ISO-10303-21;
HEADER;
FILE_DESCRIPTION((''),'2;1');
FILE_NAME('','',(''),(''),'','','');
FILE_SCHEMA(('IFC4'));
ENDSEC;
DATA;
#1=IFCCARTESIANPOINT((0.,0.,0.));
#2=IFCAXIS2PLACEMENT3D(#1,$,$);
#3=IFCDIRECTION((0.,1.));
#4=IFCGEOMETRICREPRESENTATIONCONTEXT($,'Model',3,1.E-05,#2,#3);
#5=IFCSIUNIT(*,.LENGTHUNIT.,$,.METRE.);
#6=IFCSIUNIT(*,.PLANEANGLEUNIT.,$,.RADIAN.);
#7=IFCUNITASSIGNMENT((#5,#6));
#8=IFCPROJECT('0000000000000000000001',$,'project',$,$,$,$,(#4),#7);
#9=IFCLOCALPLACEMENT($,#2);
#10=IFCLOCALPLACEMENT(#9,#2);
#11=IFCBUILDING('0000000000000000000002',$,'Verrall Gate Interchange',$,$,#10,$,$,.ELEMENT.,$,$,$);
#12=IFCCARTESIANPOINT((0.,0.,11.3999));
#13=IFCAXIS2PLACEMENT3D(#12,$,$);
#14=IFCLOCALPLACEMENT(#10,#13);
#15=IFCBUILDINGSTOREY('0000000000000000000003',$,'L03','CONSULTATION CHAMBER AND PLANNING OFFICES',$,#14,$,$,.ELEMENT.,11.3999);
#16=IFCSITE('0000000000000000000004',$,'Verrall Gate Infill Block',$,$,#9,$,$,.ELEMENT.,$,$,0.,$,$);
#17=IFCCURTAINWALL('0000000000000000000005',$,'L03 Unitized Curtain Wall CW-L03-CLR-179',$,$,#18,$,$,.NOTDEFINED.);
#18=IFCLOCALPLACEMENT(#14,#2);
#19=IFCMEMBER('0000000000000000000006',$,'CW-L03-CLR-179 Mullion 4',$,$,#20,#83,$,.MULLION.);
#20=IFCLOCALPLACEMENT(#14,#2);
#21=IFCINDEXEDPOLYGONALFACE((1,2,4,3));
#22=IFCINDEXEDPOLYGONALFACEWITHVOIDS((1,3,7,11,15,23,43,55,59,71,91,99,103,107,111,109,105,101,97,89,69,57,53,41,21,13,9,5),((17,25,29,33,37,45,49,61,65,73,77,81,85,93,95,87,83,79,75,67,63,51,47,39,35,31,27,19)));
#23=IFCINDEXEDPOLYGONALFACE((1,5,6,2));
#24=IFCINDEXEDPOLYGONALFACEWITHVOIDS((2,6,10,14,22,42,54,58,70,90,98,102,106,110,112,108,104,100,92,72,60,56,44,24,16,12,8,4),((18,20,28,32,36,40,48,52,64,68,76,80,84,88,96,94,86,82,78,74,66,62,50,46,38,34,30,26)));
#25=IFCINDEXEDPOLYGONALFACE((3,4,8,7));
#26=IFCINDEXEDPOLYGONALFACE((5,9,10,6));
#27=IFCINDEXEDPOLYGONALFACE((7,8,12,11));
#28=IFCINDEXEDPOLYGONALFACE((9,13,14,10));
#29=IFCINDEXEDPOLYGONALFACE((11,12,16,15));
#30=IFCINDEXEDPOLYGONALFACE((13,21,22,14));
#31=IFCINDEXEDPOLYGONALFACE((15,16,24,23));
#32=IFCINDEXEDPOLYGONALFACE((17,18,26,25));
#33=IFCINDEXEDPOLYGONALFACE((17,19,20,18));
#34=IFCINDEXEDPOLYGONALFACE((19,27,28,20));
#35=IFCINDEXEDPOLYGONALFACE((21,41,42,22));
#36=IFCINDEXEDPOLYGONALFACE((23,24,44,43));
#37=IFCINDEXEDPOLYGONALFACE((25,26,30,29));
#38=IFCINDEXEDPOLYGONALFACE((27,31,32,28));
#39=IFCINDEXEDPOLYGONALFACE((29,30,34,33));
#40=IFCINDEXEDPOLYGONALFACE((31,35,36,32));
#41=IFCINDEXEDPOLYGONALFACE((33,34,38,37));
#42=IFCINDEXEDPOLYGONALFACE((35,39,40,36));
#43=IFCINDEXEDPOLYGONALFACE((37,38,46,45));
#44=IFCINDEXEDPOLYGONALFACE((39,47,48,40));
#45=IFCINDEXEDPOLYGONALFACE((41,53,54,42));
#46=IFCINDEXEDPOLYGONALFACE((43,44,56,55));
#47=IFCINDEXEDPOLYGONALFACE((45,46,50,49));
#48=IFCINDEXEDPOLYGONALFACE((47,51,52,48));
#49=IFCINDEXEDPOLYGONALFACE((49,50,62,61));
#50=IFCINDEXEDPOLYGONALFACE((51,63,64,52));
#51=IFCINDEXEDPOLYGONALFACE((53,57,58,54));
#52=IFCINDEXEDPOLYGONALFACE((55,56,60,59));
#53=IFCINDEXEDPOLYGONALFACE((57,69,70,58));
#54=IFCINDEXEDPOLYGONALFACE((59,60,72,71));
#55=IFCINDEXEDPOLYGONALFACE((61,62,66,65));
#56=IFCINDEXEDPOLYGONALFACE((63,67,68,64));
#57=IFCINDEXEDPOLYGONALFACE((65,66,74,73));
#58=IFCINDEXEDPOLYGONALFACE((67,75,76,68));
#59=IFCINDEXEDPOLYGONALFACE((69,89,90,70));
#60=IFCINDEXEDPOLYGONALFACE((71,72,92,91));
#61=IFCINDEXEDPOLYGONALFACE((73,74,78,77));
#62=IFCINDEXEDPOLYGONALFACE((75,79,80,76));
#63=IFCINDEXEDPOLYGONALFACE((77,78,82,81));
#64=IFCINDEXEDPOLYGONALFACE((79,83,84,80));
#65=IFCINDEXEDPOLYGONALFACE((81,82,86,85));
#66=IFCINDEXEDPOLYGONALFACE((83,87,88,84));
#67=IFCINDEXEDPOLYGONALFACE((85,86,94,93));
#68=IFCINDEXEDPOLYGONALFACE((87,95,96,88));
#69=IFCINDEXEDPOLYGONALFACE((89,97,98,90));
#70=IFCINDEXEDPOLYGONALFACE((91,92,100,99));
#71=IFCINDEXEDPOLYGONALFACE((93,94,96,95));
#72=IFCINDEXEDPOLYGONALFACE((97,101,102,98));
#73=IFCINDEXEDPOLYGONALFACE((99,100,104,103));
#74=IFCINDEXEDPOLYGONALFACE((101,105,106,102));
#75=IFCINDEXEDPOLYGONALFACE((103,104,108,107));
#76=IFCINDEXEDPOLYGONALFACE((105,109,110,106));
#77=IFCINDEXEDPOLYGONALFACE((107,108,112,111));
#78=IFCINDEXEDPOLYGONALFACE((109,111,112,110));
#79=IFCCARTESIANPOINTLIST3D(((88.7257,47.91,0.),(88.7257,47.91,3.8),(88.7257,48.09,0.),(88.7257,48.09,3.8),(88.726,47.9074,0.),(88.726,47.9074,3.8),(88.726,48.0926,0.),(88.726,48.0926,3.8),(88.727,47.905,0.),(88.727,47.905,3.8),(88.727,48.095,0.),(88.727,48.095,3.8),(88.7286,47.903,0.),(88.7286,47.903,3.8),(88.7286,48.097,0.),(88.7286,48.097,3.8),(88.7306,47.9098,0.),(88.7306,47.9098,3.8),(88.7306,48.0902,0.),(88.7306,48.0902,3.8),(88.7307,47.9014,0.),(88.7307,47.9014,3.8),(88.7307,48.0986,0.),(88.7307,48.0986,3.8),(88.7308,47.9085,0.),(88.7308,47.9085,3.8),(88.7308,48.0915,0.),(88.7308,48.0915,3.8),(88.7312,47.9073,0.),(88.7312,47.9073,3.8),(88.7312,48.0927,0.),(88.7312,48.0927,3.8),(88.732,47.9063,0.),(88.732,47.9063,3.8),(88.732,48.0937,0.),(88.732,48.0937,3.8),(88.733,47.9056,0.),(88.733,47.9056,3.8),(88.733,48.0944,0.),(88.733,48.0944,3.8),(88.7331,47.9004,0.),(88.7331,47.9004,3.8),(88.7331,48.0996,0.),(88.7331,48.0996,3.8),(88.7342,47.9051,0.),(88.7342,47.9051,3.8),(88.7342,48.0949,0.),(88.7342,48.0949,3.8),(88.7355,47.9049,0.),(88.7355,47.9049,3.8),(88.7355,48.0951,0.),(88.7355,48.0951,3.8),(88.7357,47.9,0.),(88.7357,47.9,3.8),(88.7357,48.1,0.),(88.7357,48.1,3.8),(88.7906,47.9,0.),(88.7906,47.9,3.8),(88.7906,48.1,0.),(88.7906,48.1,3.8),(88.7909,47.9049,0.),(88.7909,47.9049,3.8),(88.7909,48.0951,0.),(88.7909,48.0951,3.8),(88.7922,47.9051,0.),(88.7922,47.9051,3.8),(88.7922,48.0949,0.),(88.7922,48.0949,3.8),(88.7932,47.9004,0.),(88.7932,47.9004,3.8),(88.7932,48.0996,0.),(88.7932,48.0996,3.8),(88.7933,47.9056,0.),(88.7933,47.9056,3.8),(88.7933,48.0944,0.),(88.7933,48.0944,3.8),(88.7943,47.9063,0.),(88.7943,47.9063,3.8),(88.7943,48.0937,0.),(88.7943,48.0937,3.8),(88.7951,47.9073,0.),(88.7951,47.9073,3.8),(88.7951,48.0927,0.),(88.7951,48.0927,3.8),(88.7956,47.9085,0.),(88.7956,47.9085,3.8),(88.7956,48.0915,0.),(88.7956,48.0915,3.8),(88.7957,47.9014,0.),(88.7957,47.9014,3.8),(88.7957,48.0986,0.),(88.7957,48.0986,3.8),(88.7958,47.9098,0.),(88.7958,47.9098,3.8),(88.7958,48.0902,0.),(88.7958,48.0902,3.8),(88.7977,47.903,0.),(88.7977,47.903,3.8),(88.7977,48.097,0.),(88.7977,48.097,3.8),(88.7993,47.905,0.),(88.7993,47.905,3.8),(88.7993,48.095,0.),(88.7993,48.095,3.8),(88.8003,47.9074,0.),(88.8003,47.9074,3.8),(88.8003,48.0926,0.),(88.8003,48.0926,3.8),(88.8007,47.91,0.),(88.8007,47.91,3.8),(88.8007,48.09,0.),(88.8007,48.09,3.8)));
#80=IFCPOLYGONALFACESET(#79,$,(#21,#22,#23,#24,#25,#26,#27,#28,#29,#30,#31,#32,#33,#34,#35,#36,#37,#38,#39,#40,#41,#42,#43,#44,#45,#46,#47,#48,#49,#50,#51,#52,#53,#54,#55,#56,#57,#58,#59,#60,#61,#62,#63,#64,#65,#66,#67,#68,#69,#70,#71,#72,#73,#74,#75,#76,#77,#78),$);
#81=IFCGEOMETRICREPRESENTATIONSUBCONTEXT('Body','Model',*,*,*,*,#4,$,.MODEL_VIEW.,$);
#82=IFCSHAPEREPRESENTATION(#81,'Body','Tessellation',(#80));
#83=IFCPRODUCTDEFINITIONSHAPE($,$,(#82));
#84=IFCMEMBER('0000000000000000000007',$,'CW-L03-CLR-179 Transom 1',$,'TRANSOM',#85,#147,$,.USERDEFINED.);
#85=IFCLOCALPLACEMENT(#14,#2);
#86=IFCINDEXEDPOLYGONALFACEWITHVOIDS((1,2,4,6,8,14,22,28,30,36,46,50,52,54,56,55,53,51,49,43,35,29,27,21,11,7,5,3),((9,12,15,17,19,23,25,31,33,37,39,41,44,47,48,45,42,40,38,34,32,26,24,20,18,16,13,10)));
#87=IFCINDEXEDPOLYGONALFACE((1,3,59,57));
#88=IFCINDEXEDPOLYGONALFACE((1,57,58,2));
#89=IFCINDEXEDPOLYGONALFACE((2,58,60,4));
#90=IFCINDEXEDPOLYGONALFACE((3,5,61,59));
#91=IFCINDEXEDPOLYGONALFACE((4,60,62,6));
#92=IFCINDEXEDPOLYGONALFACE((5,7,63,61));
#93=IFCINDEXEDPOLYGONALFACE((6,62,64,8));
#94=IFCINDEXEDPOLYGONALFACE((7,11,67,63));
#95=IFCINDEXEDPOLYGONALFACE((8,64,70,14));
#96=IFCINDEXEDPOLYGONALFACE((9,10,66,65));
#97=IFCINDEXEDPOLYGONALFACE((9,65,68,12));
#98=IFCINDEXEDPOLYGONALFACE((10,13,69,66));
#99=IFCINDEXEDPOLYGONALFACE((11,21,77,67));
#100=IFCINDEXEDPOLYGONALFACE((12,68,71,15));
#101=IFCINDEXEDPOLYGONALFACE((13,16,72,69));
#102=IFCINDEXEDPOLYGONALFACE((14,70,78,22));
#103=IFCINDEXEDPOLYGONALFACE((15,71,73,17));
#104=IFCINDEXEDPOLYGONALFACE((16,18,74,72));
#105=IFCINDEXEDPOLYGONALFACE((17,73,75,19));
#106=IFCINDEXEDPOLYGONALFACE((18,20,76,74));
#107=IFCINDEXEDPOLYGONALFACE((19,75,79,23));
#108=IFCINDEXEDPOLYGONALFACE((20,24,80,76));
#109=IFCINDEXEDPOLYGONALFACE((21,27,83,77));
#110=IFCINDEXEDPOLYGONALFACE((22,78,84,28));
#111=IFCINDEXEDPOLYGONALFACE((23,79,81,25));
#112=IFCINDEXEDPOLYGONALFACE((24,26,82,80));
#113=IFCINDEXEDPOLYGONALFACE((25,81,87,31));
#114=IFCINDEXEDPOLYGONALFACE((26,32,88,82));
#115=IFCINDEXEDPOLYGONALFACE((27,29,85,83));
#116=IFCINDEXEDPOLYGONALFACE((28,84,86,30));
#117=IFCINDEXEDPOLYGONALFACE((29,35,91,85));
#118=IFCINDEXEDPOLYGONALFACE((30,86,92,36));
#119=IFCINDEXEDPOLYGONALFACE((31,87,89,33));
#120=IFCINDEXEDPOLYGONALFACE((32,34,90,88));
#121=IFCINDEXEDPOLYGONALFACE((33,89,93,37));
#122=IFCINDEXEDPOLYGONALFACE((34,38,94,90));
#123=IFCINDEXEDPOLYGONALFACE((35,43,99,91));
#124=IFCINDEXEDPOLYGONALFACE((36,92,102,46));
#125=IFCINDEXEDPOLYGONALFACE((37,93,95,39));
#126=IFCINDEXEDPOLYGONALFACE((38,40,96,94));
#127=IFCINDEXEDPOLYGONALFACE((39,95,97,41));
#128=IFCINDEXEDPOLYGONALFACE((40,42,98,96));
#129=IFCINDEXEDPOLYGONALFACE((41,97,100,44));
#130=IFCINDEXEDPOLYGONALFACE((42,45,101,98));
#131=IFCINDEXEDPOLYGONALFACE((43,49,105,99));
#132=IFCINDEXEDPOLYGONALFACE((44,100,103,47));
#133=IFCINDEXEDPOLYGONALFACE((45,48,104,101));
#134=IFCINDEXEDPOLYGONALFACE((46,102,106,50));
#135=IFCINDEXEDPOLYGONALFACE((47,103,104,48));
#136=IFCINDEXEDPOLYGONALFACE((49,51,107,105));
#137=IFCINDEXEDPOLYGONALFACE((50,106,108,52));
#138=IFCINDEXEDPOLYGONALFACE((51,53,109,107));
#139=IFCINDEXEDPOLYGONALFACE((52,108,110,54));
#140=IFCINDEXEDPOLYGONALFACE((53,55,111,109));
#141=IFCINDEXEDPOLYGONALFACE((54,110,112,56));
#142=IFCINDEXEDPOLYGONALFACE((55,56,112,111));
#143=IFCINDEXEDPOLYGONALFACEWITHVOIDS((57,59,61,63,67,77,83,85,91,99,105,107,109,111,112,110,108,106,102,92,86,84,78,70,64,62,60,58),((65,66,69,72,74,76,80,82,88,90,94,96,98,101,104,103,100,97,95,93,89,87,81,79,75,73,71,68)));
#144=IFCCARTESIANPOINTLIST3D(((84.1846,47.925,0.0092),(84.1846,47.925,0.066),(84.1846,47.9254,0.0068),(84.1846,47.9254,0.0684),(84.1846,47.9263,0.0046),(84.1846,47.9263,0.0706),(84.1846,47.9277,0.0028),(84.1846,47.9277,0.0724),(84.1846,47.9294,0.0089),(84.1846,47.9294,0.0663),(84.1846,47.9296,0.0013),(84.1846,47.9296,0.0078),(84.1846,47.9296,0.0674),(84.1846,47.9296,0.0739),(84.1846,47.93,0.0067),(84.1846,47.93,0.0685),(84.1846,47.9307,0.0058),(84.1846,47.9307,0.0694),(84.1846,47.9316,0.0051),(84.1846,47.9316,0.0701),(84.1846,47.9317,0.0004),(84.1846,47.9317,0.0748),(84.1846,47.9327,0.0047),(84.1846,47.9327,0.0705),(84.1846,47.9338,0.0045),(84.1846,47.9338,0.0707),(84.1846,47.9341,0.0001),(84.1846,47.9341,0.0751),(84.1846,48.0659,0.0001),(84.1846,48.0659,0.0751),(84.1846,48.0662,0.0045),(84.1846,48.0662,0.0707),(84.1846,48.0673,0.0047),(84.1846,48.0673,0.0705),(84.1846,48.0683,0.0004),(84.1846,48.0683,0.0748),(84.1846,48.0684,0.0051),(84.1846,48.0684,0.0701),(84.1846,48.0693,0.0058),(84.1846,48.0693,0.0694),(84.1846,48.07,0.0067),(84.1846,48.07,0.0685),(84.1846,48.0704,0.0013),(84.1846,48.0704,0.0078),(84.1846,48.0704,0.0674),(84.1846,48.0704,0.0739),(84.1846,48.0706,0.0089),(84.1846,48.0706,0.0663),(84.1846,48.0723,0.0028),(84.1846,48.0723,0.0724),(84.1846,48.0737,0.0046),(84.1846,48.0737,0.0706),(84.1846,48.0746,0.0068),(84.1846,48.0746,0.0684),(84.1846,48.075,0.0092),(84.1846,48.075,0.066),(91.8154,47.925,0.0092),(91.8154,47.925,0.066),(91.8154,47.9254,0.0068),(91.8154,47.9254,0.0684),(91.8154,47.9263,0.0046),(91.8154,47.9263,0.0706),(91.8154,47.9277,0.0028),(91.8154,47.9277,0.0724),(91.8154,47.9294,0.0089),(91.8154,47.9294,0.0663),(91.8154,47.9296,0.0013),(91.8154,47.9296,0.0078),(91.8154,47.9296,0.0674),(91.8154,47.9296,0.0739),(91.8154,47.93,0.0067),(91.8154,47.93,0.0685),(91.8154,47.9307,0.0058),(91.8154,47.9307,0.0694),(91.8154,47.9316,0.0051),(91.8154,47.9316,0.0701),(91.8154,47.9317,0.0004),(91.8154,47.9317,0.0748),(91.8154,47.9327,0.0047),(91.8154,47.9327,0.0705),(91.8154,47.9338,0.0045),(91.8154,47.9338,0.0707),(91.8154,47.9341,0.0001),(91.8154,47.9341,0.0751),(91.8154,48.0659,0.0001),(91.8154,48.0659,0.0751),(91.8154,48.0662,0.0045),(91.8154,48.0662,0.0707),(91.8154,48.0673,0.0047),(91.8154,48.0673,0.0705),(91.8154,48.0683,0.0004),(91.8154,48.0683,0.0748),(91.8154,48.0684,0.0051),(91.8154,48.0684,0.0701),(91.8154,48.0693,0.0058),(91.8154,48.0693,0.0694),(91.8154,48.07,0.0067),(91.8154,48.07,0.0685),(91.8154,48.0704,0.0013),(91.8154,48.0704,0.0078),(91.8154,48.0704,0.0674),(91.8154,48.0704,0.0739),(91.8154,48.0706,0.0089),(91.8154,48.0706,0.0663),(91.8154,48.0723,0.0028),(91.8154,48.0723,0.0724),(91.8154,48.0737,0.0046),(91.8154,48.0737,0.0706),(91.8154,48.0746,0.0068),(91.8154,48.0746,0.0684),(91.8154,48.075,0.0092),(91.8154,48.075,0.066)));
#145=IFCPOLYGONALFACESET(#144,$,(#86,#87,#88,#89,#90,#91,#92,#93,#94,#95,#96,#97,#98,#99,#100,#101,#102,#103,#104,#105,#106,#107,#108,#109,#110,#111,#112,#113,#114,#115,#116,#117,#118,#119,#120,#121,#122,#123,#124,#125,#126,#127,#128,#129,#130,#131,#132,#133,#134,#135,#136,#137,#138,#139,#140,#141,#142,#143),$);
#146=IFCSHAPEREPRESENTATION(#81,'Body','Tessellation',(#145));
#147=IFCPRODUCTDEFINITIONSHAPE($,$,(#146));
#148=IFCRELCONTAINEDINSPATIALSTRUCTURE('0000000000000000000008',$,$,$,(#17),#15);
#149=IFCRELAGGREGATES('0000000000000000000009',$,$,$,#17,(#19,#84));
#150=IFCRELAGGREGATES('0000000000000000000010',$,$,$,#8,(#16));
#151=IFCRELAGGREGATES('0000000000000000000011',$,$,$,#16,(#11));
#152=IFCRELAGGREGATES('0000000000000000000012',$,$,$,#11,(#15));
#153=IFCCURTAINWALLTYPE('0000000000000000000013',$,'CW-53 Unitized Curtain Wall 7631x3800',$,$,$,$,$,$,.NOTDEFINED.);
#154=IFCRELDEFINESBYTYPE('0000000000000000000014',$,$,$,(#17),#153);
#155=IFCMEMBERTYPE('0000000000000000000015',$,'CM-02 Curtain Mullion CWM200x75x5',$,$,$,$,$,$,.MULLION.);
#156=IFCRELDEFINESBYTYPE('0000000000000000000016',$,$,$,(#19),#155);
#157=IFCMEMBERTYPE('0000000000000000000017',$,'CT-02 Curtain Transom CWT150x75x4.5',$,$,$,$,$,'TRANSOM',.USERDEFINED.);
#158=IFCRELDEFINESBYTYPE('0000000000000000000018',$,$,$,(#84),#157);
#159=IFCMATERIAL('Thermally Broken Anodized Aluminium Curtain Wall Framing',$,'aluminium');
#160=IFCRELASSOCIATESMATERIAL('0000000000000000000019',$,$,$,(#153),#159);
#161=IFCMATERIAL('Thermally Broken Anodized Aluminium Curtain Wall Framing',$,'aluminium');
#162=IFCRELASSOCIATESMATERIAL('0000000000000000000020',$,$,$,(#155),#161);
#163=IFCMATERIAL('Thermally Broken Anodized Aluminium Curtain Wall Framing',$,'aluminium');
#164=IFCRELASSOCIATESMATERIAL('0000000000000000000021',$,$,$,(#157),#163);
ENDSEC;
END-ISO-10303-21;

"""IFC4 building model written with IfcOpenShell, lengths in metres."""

from ifc_helpers import new_model, si_unit, direction, frame, origin, origin_2d, place, context, subcontext, project, spatial, hollow_rectangle, extrude, material, material_profile, profile_set, type_object, element, aggregate, save


model = new_model("IFC4")

# Units and contexts
model_context = context("Model", 3, precision=1e-05, world=origin(), true_north=direction((0.0, 1.0)))
body_context = subcontext(model_context, "Body", "Model", "MODEL_VIEW")
ifc_project = project(units=[si_unit("LENGTHUNIT", "METRE"), si_unit("PLANEANGLEUNIT", "RADIAN")], contexts=[model_context])

# Site, building, storey
site_placement = place(None, origin())
site = spatial("IfcSite", under=ifc_project, at=site_placement, Name="Verrall Gate Infill Block", CompositionType="ELEMENT", RefElevation=0.0)
building_placement = place(site_placement, origin())
building = spatial("IfcBuilding", under=site, at=building_placement, Name="Verrall Gate Interchange", CompositionType="ELEMENT")
storey_placement = place(building_placement, frame((0.0, 0.0, 11.3999)))
storey = spatial("IfcBuildingStorey", under=building, at=storey_placement, Name="L03", Description="CONSULTATION CHAMBER AND PLANNING OFFICES", CompositionType="ELEMENT", Elevation=11.3999)

# Curtain wall, members
ifc_material_1 = material(Name="Thermally Broken Anodized Aluminium Curtain Wall Framing", Category="aluminium")
curtain_wall_type = type_object("IfcCurtainWallType", Name="CW-53 Unitized Curtain Wall 7631x3800", PredefinedType="NOTDEFINED", material=ifc_material_1)
ifc_material_2 = material(Name="Thermally Broken Anodized Aluminium Curtain Wall Framing", Category="aluminium")
ifc_material_profile_1 = material_profile(ifc_material_2, hollow_rectangle(XDim=0.075, YDim=0.2, WallThickness=0.0049, InnerFilletRadius=0.0049, OuterFilletRadius=0.01, at=origin_2d()), Name="CWM200x75x5")
ifc_profile_set_1 = profile_set([ifc_material_profile_1], Name="Thermally Broken Anodized Aluminium Curtain Wall Framing")
member_type_1 = type_object("IfcMemberType", Name="CM-02 Curtain Mullion CWM200x75x5", PredefinedType="MULLION", material=ifc_profile_set_1)
curtain_wall_1_placement = place(storey_placement, origin())
curtain_wall_1 = element("IfcCurtainWall", 1, at=curtain_wall_1_placement, inside=storey, type_object=curtain_wall_type, Name="L03 Unitized Curtain Wall CW-L03-CLR-179", PredefinedType="NOTDEFINED")
member_1_placement = place(storey_placement, frame((88.7632, 48.0, 0.0), z_axis=(0.0, 0.0, 1.0), x_axis=(1.0, 0.0, 0.0)))
member_1 = element("IfcMember", 2, at=member_1_placement, type_object=member_type_1, Name="CW-L03-CLR-179 Mullion 4", PredefinedType="MULLION", context=body_context, shape_type="SweptSolid", body=[
    extrude(hollow_rectangle(XDim=0.075, YDim=0.2, WallThickness=0.0049, InnerFilletRadius=0.0049, OuterFilletRadius=0.01, at=origin_2d()), origin(), (0.0, 0.0, 1.0), 3.8),
])
ifc_material_3 = material(Name="Thermally Broken Anodized Aluminium Curtain Wall Framing", Category="aluminium")
ifc_material_profile_2 = material_profile(ifc_material_3, hollow_rectangle(XDim=0.1499, YDim=0.075, WallThickness=0.0044, InnerFilletRadius=0.0044, OuterFilletRadius=0.009, at=origin_2d()), Name="CWT150x75x4.5")
ifc_profile_set_2 = profile_set([ifc_material_profile_2], Name="Thermally Broken Anodized Aluminium Curtain Wall Framing")
member_type_2 = type_object("IfcMemberType", Name="CT-02 Curtain Transom CWT150x75x4.5", ElementType="TRANSOM", PredefinedType="USERDEFINED", material=ifc_profile_set_2)
member_2_placement = place(storey_placement, frame((84.1846, 48.0, 0.0376), z_axis=(1.0, 0.0, 0.0), x_axis=(0.0, 1.0, 0.0)))
member_2 = element("IfcMember", 3, at=member_2_placement, type_object=member_type_2, Name="CW-L03-CLR-179 Transom 1", ObjectType="TRANSOM", PredefinedType="USERDEFINED", context=body_context, shape_type="SweptSolid", body=[
    extrude(hollow_rectangle(XDim=0.1499, YDim=0.075, WallThickness=0.0044, InnerFilletRadius=0.0044, OuterFilletRadius=0.009, at=origin_2d()), origin(), (0.0, 0.0, 1.0), 7.6309),
])

aggregate(curtain_wall_1, [member_1, member_2])

save(model, "model.ifc")
